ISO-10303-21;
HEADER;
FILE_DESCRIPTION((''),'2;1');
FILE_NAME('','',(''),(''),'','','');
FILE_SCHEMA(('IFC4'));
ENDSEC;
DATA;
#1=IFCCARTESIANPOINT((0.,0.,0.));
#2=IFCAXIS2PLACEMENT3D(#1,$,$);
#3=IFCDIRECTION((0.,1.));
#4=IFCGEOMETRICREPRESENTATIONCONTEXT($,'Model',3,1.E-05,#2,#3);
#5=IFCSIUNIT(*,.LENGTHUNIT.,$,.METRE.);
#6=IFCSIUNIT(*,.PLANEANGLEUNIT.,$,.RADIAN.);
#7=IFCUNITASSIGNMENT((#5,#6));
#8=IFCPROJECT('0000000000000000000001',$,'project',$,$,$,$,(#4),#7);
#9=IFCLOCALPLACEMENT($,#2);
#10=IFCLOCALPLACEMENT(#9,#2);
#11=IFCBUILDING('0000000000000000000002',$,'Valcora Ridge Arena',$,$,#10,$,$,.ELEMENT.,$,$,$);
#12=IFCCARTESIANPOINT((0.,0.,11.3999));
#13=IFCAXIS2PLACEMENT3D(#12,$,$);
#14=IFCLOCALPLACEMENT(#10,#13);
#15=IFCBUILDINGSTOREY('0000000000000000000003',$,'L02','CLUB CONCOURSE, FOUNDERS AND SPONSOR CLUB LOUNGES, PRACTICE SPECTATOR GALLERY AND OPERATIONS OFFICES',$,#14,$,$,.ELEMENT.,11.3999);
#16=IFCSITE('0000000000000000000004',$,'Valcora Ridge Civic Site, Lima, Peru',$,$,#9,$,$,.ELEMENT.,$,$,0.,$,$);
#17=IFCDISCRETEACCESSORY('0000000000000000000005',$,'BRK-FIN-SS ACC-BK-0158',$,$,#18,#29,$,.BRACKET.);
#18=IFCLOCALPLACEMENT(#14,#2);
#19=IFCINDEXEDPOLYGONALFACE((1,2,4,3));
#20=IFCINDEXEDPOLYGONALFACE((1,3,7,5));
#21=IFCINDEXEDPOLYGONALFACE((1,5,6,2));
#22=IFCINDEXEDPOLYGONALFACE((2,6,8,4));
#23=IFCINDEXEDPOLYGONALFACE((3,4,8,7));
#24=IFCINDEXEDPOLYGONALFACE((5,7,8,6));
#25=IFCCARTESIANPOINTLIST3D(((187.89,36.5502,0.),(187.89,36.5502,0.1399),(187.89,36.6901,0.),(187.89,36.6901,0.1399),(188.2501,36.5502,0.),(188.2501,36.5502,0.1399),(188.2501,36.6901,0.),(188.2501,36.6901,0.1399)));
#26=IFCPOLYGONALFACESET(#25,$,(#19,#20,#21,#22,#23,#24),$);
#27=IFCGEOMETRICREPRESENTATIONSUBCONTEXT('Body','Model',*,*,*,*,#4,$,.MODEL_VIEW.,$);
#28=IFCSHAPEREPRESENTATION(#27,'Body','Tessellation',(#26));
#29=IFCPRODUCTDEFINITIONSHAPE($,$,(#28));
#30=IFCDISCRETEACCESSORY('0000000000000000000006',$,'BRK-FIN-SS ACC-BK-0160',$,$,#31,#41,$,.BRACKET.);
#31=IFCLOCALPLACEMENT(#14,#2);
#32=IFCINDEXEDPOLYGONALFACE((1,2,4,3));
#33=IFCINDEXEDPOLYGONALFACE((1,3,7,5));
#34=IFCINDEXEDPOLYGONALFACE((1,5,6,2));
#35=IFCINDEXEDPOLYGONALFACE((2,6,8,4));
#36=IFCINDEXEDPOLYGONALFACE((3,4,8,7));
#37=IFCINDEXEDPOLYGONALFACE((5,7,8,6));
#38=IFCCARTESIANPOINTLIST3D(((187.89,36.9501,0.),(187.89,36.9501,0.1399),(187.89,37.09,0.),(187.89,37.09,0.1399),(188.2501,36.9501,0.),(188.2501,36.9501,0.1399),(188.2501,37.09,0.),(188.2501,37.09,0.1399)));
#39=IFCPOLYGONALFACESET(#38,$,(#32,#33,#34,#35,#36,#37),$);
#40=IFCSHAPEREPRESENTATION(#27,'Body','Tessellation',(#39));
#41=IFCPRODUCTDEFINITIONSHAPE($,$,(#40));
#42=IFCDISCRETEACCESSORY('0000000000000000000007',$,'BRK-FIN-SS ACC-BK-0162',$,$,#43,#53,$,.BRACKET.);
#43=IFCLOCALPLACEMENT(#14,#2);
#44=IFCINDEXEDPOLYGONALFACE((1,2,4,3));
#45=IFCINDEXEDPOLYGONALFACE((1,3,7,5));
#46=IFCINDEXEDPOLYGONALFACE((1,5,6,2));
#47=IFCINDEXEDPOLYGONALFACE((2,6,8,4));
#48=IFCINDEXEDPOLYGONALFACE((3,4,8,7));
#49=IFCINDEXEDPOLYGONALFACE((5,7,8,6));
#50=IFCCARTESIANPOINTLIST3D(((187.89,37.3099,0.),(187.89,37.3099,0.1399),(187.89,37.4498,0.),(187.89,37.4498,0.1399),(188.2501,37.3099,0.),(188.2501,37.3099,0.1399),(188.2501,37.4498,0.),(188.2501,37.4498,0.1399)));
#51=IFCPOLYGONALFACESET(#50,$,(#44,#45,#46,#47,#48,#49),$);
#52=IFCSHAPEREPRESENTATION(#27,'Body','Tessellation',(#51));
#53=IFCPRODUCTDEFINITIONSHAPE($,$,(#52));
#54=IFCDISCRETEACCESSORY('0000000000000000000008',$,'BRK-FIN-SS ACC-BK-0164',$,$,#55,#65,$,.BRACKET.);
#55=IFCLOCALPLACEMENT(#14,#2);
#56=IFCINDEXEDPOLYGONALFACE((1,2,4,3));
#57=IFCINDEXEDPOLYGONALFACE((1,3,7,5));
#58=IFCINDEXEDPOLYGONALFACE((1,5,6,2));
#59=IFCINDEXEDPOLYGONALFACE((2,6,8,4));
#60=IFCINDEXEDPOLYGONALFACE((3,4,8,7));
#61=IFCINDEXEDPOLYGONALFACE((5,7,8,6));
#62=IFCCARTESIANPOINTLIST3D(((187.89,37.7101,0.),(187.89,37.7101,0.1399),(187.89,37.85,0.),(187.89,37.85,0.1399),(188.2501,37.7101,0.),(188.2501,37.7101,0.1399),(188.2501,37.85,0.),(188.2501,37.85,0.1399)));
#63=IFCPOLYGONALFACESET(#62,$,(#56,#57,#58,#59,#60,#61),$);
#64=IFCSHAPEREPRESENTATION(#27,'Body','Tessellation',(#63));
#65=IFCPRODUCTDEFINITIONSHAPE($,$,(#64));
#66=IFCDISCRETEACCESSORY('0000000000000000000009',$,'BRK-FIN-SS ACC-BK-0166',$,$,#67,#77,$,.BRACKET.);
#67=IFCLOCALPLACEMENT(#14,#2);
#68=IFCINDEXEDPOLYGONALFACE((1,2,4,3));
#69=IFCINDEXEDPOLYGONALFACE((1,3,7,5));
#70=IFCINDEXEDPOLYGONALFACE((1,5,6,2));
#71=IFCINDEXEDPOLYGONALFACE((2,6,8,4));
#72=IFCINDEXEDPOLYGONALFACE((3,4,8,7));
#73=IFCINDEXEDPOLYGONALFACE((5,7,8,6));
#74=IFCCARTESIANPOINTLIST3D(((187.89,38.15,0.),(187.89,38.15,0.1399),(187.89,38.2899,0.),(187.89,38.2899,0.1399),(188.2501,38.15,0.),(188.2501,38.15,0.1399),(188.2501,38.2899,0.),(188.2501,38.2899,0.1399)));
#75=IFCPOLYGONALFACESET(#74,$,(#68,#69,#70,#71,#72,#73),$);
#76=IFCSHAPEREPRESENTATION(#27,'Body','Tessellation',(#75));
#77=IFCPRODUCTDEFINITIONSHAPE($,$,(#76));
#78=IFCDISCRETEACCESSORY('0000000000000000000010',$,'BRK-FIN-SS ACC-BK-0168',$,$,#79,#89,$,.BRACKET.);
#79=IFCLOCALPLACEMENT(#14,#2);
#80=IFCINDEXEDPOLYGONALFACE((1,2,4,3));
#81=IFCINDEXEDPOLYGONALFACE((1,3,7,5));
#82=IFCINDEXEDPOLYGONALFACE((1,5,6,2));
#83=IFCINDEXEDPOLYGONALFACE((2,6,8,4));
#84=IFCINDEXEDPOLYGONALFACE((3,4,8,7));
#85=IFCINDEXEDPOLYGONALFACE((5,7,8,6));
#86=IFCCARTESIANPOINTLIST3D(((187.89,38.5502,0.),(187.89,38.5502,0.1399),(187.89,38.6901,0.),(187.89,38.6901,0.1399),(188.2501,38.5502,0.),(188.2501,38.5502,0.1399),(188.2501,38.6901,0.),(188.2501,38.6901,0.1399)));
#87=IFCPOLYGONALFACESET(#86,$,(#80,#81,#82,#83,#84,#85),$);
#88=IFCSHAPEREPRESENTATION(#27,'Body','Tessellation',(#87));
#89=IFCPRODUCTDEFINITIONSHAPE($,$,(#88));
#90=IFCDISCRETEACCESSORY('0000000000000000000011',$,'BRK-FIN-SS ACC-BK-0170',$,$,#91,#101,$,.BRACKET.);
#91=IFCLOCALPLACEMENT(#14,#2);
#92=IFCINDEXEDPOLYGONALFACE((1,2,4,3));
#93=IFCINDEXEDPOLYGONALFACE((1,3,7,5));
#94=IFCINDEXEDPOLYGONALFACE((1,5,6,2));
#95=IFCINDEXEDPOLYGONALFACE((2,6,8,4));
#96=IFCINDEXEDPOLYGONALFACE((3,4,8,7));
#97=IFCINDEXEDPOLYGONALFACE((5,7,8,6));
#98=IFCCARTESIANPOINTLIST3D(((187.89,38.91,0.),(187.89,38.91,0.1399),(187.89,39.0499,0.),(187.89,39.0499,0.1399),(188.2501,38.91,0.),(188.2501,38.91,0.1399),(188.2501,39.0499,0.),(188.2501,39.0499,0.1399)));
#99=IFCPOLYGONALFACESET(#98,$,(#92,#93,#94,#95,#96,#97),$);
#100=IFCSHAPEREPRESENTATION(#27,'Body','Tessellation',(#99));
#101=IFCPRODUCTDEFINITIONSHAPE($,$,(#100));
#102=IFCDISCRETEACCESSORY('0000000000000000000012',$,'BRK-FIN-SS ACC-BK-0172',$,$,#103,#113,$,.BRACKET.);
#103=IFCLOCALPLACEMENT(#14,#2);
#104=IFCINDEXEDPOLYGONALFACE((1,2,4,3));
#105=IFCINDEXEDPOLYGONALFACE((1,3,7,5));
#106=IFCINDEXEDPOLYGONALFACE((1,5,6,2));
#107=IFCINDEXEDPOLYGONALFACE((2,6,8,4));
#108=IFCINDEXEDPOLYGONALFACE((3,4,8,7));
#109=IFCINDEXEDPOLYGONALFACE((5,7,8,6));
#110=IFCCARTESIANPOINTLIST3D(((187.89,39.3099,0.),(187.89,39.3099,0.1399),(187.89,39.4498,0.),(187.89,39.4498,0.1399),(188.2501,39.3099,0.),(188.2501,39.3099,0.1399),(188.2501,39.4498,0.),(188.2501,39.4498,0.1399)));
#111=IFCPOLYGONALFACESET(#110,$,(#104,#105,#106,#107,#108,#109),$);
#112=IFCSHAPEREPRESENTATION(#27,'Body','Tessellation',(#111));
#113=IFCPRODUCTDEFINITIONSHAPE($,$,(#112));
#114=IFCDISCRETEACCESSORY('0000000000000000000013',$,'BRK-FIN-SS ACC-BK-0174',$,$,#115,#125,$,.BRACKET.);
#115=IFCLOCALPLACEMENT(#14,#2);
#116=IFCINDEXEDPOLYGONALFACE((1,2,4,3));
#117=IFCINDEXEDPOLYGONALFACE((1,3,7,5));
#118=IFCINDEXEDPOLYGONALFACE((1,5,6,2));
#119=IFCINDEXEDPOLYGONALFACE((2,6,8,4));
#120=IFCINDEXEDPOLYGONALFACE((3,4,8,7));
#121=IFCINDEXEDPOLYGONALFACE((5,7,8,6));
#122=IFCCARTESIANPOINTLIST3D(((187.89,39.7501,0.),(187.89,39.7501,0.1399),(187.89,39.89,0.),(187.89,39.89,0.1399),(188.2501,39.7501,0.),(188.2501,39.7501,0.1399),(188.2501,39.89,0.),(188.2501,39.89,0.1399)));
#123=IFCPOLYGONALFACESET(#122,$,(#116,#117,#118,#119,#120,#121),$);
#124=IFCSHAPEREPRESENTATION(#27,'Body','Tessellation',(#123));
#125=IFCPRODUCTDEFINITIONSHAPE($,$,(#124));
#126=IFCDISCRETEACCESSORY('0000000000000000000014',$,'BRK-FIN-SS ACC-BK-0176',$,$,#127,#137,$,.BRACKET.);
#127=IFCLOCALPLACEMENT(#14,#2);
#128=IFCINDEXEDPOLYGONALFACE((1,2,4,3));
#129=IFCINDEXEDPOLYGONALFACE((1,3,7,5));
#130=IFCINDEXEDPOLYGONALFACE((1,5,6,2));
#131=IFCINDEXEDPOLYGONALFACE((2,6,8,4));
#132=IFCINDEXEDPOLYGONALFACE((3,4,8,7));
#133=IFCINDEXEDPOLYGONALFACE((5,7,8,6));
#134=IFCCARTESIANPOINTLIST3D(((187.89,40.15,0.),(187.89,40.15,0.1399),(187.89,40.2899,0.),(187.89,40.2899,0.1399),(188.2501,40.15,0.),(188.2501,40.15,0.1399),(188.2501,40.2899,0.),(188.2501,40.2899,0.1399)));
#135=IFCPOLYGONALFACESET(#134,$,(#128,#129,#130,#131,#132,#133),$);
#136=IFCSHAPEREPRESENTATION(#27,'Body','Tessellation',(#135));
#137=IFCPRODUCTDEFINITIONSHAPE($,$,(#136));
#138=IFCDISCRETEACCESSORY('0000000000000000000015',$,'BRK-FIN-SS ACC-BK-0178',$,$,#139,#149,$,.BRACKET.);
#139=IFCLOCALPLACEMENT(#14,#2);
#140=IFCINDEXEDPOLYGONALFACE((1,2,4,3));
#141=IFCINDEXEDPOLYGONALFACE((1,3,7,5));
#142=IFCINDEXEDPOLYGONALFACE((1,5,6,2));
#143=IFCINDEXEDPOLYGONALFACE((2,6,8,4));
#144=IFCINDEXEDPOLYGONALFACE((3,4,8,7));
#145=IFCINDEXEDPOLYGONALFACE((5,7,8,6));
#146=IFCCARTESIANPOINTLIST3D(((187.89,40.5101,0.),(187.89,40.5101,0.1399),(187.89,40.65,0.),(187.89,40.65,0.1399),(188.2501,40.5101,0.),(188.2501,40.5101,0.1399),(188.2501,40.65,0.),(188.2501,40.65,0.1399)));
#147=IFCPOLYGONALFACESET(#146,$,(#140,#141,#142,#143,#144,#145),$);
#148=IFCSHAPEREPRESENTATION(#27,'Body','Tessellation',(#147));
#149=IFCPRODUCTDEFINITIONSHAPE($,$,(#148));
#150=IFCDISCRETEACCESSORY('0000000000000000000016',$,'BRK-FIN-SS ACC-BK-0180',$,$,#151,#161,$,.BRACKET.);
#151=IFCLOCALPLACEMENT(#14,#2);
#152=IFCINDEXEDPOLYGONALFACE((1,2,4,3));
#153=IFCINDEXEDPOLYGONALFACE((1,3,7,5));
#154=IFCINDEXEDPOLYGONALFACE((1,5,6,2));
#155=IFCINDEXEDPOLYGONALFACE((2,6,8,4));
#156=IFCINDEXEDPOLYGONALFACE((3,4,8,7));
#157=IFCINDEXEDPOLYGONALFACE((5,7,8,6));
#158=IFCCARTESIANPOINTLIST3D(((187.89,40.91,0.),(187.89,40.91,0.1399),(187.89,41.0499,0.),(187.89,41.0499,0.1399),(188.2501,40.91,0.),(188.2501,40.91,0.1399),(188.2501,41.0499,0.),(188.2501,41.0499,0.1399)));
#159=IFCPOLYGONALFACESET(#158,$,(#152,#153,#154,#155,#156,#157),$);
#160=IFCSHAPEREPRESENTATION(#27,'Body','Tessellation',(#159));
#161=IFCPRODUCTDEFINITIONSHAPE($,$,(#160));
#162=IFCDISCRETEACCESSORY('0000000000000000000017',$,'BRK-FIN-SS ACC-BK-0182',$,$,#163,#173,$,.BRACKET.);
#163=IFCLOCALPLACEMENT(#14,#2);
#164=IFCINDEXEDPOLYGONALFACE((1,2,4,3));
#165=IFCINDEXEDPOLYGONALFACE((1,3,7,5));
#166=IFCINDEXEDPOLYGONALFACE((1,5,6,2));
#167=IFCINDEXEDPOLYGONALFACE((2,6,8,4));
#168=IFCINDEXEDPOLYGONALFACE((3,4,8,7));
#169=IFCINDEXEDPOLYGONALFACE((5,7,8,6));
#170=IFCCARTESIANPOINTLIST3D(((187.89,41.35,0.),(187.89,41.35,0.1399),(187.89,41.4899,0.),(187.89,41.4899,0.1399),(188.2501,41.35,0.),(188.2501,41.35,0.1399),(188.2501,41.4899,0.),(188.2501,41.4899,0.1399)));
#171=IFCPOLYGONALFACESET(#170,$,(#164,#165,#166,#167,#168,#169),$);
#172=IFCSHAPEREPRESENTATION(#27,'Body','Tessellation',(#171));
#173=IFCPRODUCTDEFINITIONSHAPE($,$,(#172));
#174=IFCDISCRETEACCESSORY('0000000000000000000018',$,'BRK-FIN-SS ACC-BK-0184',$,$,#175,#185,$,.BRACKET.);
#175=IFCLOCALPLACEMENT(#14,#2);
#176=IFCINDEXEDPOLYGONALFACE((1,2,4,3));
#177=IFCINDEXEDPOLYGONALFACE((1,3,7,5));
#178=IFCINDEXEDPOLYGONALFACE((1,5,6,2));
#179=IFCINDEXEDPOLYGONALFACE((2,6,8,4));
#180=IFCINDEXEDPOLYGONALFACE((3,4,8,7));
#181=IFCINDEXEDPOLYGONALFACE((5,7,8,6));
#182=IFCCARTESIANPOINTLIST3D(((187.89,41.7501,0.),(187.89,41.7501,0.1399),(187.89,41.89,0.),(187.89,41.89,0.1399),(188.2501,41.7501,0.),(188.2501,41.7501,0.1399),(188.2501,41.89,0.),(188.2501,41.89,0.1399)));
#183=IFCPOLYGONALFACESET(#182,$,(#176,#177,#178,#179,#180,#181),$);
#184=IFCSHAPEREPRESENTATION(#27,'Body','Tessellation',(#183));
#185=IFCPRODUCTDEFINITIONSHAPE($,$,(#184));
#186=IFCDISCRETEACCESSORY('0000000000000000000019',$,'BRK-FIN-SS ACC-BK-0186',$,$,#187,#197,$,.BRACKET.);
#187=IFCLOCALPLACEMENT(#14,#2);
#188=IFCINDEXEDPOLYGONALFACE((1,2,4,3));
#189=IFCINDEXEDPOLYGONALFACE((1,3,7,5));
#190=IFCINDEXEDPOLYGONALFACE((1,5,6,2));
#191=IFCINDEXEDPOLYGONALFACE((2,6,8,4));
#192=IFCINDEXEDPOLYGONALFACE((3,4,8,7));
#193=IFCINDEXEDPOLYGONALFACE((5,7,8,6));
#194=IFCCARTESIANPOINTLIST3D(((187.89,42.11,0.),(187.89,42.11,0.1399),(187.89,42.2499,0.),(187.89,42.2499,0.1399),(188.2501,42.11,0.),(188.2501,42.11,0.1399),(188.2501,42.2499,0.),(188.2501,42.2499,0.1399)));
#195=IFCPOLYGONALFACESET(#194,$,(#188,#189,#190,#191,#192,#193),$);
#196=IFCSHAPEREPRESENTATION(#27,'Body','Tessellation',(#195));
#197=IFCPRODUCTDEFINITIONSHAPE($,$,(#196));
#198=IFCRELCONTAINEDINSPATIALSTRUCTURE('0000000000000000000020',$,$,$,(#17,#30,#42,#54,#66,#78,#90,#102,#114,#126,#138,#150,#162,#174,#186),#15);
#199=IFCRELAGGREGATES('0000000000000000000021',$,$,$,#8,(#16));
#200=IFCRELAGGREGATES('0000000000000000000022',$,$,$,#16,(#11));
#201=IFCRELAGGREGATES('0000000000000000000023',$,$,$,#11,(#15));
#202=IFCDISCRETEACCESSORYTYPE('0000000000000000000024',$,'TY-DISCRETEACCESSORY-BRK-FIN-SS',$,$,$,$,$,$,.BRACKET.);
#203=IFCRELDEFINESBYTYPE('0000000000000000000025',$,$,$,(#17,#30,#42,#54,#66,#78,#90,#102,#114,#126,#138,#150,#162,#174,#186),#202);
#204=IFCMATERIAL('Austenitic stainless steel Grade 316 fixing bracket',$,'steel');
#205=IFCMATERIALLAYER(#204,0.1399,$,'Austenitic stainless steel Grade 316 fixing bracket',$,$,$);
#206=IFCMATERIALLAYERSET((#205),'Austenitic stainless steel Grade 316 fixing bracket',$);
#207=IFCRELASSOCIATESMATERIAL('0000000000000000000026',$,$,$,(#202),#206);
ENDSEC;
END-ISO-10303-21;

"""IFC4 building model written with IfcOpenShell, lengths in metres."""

from ifc_helpers import new_model, si_unit, direction, frame, origin, origin_2d, place, context, subcontext, project, spatial, rectangle, extrude, material, layer, layer_set, type_object, element, save


model = new_model("IFC4")

# Units and contexts
model_context = context("Model", 3, precision=1e-05, world=origin(), true_north=direction((0.0, 1.0)))
body_context = subcontext(model_context, "Body", "Model", "MODEL_VIEW")
ifc_project = project(units=[si_unit("LENGTHUNIT", "METRE"), si_unit("PLANEANGLEUNIT", "RADIAN")], contexts=[model_context])

# Site, building, storey
site_placement = place(None, origin())
site = spatial("IfcSite", under=ifc_project, at=site_placement, Name="Valcora Ridge Civic Site, Lima, Peru", CompositionType="ELEMENT", RefElevation=0.0)
building_placement = place(site_placement, origin())
building = spatial("IfcBuilding", under=site, at=building_placement, Name="Valcora Ridge Arena", CompositionType="ELEMENT")
storey_placement = place(building_placement, frame((0.0, 0.0, 11.3999)))
storey = spatial("IfcBuildingStorey", under=building, at=storey_placement, Name="L02", Description="CLUB CONCOURSE, FOUNDERS AND SPONSOR CLUB LOUNGES, PRACTICE SPECTATOR GALLERY AND OPERATIONS OFFICES", CompositionType="ELEMENT", Elevation=11.3999)

# Discrete accessories
ifc_material_1 = material(Name="Austenitic stainless steel Grade 316 fixing bracket", Category="steel")
ifc_layer_1 = layer(ifc_material_1, 0.1399, Name="Austenitic stainless steel Grade 316 fixing bracket")
ifc_layer_set_1 = layer_set([ifc_layer_1], Name="Austenitic stainless steel Grade 316 fixing bracket")
discrete_accessory_type = type_object("IfcDiscreteAccessoryType", Name="TY-DISCRETEACCESSORY-BRK-FIN-SS", PredefinedType="BRACKET", material=ifc_layer_set_1)
for number, where, z_axis, x_axis, name in (
    (1, (188.0701, 36.6201, 0.0), (0.0, 0.0, 1.0), (1.0, 0.0, 0.0), "BRK-FIN-SS ACC-BK-0158"),
    (2, (188.0701, 37.02, 0.0), (0.0, 0.0, 1.0), (1.0, 0.0, 0.0), "BRK-FIN-SS ACC-BK-0160"),
    (3, (188.0701, 37.3799, 0.0), (0.0, 0.0, 1.0), (1.0, 0.0, 0.0), "BRK-FIN-SS ACC-BK-0162"),
    (4, (188.0701, 37.78, 0.0), (0.0, 0.0, 1.0), (1.0, 0.0, 0.0), "BRK-FIN-SS ACC-BK-0164"),
    (5, (188.0701, 38.22, 0.0), (0.0, 0.0, 1.0), (1.0, 0.0, 0.0), "BRK-FIN-SS ACC-BK-0166"),
    (6, (188.0701, 38.6201, 0.0), (0.0, 0.0, 1.0), (1.0, 0.0, 0.0), "BRK-FIN-SS ACC-BK-0168"),
    (7, (188.0701, 38.98, 0.0), (0.0, 0.0, 1.0), (1.0, 0.0, 0.0), "BRK-FIN-SS ACC-BK-0170"),
    (8, (188.0701, 39.3799, 0.0), (0.0, 0.0, 1.0), (1.0, 0.0, 0.0), "BRK-FIN-SS ACC-BK-0172"),
    (9, (188.0701, 39.8201, 0.0), (0.0, 0.0, 1.0), (1.0, 0.0, 0.0), "BRK-FIN-SS ACC-BK-0174"),
    (10, (188.0701, 40.22, 0.0), (0.0, 0.0, 1.0), (1.0, 0.0, 0.0), "BRK-FIN-SS ACC-BK-0176"),
    (11, (188.0701, 40.5801, 0.0), (0.0, 0.0, 1.0), (1.0, 0.0, 0.0), "BRK-FIN-SS ACC-BK-0178"),
    (12, (188.0701, 40.98, 0.0), (0.0, 0.0, 1.0), (1.0, 0.0, 0.0), "BRK-FIN-SS ACC-BK-0180"),
    (13, (188.0701, 41.4199, 0.0), (0.0, 0.0, 1.0), (1.0, 0.0, 0.0), "BRK-FIN-SS ACC-BK-0182"),
    (14, (188.0701, 41.8201, 0.0), (0.0, 0.0, 1.0), (1.0, 0.0, 0.0), "BRK-FIN-SS ACC-BK-0184"),
    (15, (188.0701, 42.1799, 0.0), (0.0, 0.0, 1.0), (1.0, 0.0, 0.0), "BRK-FIN-SS ACC-BK-0186"),
):
    element("IfcDiscreteAccessory", number, at=place(storey_placement, frame(where, z_axis=z_axis, x_axis=x_axis)), inside=storey, type_object=discrete_accessory_type, Name=name, PredefinedType="BRACKET", context=body_context, shape_type="SweptSolid", body=[
        extrude(rectangle(XDim=0.3601, YDim=0.1399, at=origin_2d()), origin(), (0.0, 0.0, 1.0), 0.1399),
    ])

save(model, "model.ifc")
